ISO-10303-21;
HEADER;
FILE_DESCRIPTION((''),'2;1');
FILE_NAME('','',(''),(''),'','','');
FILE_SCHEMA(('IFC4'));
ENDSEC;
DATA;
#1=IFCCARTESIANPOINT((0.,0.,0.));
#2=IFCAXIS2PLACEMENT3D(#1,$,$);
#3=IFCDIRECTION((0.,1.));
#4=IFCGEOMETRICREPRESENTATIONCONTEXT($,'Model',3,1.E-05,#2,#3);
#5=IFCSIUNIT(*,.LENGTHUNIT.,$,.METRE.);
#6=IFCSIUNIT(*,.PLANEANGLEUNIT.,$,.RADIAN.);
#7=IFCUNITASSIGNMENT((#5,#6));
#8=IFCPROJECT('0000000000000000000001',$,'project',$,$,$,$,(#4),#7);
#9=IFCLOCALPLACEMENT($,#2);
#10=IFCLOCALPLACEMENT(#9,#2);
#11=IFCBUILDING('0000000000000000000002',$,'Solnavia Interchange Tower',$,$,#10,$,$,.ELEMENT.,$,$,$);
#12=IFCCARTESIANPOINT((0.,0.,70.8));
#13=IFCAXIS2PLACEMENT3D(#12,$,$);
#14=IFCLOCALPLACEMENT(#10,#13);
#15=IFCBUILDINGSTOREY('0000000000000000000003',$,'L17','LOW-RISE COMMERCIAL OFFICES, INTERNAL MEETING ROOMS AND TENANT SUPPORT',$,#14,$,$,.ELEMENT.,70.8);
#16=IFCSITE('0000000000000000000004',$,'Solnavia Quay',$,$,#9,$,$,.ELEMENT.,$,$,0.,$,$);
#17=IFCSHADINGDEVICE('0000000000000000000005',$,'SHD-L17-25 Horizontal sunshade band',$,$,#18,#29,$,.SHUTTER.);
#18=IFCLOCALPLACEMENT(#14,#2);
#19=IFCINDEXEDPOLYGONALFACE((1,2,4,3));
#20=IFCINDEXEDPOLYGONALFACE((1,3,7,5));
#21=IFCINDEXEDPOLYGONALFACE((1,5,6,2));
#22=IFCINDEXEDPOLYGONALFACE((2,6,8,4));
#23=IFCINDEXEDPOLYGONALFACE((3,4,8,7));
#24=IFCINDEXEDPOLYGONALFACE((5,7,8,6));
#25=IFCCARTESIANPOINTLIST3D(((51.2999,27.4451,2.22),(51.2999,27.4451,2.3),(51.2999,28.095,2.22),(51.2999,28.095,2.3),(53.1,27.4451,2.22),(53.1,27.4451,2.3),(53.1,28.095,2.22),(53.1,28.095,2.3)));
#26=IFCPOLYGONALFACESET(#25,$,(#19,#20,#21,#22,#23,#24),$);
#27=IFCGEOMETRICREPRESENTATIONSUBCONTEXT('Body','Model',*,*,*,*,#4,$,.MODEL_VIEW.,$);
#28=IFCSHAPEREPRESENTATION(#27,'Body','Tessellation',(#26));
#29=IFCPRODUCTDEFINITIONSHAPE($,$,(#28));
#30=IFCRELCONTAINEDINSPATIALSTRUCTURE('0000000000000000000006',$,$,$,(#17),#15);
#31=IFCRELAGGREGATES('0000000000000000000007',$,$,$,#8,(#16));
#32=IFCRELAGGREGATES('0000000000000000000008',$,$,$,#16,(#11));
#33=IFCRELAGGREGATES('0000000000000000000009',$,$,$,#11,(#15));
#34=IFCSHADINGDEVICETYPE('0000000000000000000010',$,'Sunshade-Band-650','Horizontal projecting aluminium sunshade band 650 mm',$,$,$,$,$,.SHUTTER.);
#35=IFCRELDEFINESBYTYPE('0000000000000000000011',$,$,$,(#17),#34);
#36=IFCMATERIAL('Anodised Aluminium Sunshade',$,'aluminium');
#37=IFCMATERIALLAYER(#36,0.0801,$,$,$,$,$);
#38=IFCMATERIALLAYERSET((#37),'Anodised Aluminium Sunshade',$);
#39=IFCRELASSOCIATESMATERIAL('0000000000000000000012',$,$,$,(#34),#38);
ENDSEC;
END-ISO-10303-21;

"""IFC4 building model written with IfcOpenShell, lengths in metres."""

from ifc_helpers import new_model, si_unit, direction, frame, origin, origin_2d, place, context, subcontext, project, spatial, rectangle, extrude, material, layer, layer_set, type_object, element, save


model = new_model("IFC4")

# Units and contexts
model_context = context("Model", 3, precision=1e-05, world=origin(), true_north=direction((0.0, 1.0)))
body_context = subcontext(model_context, "Body", "Model", "MODEL_VIEW")
ifc_project = project(units=[si_unit("LENGTHUNIT", "METRE"), si_unit("PLANEANGLEUNIT", "RADIAN")], contexts=[model_context])

# Site, building, storey
site_placement = place(None, origin())
site = spatial("IfcSite", under=ifc_project, at=site_placement, Name="Solnavia Quay", CompositionType="ELEMENT", RefElevation=0.0)
building_placement = place(site_placement, origin())
building = spatial("IfcBuilding", under=site, at=building_placement, Name="Solnavia Interchange Tower", CompositionType="ELEMENT")
storey_placement = place(building_placement, frame((0.0, 0.0, 70.8)))
storey = spatial("IfcBuildingStorey", under=building, at=storey_placement, Name="L17", Description="LOW-RISE COMMERCIAL OFFICES, INTERNAL MEETING ROOMS AND TENANT SUPPORT", CompositionType="ELEMENT", Elevation=70.8)

# Shading device
ifc_material_1 = material(Name="Anodised Aluminium Sunshade", Category="aluminium")
ifc_layer_1 = layer(ifc_material_1, 0.0801)
ifc_layer_set_1 = layer_set([ifc_layer_1], Name="Anodised Aluminium Sunshade")
shading_device_type = type_object("IfcShadingDeviceType", Name="Sunshade-Band-650", Description="Horizontal projecting aluminium sunshade band 650 mm", PredefinedType="SHUTTER", material=ifc_layer_set_1)
shading_device_placement = place(storey_placement, frame((52.2, 27.77, 2.22), z_axis=(0.0, 0.0, 1.0), x_axis=(1.0, 0.0, 0.0)))
element("IfcShadingDevice", 1, at=shading_device_placement, inside=storey, type_object=shading_device_type, Name="SHD-L17-25 Horizontal sunshade band", PredefinedType="SHUTTER", context=body_context, shape_type="SweptSolid", body=[
    extrude(rectangle(XDim=1.8, YDim=0.6499, at=origin_2d()), origin(), (0.0, 0.0, 1.0), 0.0801),
])

save(model, "model.ifc")
